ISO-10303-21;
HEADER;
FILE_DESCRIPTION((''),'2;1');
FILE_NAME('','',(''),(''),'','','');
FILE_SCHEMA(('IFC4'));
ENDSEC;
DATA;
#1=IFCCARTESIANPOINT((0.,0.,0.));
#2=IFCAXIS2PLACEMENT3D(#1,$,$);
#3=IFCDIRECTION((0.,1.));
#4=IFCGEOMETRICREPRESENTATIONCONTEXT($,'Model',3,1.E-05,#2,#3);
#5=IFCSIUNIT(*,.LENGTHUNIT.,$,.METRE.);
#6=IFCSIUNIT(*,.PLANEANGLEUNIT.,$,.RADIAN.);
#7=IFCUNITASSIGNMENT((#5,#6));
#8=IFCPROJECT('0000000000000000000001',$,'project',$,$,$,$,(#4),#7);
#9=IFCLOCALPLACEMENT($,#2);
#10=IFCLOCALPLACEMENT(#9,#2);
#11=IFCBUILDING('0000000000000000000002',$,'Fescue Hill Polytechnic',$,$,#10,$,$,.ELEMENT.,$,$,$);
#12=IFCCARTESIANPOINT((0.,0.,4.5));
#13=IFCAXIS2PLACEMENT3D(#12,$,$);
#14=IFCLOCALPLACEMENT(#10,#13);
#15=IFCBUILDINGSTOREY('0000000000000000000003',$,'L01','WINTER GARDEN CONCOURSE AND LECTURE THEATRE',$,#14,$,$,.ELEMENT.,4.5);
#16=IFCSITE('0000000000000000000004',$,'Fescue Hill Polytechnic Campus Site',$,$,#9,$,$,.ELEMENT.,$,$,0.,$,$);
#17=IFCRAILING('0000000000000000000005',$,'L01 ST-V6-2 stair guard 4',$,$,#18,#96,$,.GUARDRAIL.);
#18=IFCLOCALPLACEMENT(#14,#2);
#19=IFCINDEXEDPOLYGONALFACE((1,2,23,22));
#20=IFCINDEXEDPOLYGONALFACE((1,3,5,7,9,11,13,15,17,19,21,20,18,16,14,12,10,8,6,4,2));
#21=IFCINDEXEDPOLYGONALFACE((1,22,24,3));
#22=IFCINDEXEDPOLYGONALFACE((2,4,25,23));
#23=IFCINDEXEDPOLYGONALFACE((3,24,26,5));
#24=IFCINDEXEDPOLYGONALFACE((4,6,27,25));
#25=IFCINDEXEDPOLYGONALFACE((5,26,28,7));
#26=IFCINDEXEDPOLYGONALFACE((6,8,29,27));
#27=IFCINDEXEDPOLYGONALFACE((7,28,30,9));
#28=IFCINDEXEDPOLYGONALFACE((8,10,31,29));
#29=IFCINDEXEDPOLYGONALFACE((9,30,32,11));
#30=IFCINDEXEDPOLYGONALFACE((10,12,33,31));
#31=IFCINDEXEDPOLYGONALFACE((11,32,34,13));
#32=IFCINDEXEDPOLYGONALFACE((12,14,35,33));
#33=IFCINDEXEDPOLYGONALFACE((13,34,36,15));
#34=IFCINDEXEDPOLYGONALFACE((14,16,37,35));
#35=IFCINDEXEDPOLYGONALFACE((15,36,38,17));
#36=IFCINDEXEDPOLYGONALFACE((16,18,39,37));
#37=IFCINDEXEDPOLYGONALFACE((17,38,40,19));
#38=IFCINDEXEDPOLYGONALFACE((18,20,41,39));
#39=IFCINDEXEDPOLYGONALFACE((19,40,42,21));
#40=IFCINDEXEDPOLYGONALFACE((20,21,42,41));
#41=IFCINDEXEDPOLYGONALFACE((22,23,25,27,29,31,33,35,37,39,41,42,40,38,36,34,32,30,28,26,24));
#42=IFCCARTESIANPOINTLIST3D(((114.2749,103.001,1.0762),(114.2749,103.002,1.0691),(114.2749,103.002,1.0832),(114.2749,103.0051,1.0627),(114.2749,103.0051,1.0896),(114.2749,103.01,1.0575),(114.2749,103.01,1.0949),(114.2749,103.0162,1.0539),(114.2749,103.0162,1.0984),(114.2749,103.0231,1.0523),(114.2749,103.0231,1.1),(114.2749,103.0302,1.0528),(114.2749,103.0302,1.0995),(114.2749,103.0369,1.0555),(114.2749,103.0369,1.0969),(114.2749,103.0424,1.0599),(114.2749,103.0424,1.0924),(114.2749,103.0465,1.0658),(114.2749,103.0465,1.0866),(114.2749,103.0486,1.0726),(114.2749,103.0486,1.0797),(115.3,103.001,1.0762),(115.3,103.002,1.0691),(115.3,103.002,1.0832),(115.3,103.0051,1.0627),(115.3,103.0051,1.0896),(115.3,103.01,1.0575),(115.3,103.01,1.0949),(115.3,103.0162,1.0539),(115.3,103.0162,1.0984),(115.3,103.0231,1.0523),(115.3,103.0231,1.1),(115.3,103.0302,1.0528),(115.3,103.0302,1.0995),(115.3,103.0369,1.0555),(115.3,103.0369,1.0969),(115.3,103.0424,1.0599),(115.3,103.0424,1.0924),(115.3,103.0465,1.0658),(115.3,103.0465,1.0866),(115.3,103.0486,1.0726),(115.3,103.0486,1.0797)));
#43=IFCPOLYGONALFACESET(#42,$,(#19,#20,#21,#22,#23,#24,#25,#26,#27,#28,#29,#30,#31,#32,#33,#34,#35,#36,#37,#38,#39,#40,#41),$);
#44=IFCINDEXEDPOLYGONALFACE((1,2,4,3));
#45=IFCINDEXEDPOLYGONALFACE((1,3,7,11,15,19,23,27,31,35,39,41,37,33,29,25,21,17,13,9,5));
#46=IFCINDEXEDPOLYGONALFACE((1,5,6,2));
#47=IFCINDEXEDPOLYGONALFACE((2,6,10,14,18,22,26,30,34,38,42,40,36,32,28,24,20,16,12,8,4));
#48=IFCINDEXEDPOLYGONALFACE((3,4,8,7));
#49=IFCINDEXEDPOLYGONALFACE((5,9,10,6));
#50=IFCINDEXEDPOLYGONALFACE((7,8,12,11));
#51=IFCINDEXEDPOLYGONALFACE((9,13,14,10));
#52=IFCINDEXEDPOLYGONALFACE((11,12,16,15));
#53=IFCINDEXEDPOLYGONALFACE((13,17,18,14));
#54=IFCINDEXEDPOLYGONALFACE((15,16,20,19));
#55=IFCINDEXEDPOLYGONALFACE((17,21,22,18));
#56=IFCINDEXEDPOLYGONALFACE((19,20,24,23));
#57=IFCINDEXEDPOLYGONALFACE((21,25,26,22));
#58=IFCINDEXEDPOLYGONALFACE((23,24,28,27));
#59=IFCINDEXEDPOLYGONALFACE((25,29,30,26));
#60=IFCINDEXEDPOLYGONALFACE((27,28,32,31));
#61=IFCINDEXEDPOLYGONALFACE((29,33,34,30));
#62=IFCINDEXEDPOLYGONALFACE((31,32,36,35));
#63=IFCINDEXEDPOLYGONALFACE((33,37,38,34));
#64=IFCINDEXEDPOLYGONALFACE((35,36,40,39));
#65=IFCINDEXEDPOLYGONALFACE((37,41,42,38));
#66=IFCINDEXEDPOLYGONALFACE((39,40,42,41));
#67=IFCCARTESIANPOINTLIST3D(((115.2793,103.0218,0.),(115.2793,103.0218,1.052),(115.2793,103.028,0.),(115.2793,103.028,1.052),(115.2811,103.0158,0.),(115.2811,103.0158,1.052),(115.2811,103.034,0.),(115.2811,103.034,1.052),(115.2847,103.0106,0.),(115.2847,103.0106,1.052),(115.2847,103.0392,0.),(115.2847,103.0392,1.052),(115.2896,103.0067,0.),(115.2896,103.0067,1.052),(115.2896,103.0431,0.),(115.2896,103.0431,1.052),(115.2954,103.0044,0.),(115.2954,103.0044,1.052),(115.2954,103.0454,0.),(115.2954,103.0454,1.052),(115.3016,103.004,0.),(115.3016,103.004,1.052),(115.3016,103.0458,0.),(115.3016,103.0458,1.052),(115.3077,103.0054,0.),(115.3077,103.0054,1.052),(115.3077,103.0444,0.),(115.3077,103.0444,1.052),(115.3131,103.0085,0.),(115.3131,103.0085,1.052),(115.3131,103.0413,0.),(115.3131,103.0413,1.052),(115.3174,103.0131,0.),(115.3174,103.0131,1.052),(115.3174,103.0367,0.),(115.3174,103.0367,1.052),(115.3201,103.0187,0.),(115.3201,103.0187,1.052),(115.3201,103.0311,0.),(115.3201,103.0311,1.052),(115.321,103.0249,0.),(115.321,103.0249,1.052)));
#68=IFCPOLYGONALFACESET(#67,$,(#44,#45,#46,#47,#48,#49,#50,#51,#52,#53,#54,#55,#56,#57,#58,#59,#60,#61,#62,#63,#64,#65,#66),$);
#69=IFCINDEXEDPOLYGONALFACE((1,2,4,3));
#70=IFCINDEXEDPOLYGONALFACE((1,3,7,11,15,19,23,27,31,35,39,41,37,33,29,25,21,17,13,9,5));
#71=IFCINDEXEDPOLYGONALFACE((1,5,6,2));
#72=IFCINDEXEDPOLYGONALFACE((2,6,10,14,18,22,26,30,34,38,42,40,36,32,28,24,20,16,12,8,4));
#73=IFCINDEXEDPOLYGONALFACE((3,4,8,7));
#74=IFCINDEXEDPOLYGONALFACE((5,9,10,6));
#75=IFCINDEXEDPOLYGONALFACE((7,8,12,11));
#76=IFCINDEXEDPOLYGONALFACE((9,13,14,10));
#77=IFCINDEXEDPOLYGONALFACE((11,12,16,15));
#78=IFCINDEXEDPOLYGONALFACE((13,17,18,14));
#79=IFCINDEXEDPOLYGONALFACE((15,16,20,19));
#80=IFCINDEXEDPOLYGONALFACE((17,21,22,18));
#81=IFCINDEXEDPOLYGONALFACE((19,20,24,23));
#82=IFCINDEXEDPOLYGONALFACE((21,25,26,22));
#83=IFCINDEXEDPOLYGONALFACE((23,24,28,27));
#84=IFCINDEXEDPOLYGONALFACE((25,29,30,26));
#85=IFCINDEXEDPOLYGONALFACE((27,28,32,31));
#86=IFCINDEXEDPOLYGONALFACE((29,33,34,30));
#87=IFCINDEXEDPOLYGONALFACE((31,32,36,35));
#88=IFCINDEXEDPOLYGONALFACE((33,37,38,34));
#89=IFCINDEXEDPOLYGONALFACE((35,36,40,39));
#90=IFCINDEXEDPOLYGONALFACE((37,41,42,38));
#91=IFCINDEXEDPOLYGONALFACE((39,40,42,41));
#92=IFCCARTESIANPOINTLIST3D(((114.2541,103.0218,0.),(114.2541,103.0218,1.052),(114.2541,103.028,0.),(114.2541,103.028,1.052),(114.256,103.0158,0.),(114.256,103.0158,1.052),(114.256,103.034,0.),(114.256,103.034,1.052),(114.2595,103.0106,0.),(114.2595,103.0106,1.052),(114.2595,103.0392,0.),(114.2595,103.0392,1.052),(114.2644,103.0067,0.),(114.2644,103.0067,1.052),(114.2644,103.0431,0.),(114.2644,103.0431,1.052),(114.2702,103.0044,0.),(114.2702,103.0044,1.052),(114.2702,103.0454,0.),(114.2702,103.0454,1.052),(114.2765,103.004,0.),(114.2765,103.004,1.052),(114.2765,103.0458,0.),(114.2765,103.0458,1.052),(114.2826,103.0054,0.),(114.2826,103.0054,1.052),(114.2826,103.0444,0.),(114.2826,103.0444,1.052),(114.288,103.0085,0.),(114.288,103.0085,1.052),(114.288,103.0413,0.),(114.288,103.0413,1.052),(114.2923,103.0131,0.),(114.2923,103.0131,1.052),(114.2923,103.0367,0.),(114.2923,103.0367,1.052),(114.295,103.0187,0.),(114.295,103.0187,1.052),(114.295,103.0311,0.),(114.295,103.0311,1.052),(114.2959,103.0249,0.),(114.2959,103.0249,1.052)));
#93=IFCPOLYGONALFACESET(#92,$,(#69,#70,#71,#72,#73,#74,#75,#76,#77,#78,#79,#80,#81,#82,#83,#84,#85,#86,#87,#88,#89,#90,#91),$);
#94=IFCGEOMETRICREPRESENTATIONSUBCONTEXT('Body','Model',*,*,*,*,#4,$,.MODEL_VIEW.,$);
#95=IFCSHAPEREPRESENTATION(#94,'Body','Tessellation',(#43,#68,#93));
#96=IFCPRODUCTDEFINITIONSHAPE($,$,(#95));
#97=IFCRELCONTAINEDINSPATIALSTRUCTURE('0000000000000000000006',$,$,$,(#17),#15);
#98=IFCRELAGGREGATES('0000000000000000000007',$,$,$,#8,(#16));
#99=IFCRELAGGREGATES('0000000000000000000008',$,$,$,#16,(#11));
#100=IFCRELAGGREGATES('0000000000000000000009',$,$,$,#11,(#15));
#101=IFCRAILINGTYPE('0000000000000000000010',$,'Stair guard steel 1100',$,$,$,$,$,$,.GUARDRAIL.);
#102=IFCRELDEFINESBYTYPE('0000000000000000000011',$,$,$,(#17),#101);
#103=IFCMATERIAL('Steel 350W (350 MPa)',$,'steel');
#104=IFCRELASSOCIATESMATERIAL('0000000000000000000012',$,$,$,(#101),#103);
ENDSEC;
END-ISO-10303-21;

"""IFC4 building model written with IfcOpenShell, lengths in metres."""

from ifc_helpers import new_model, si_unit, direction, frame, origin, origin_2d, place, context, subcontext, project, spatial, circle, extrude, material, type_object, element, save


model = new_model("IFC4")

# Units and contexts
model_context = context("Model", 3, precision=1e-05, world=origin(), true_north=direction((0.0, 1.0)))
body_context = subcontext(model_context, "Body", "Model", "MODEL_VIEW")
ifc_project = project(units=[si_unit("LENGTHUNIT", "METRE"), si_unit("PLANEANGLEUNIT", "RADIAN")], contexts=[model_context])

# Site, building, storey
site_placement = place(None, origin())
site = spatial("IfcSite", under=ifc_project, at=site_placement, Name="Fescue Hill Polytechnic Campus Site", CompositionType="ELEMENT", RefElevation=0.0)
building_placement = place(site_placement, origin())
building = spatial("IfcBuilding", under=site, at=building_placement, Name="Fescue Hill Polytechnic", CompositionType="ELEMENT")
storey_placement = place(building_placement, frame((0.0, 0.0, 4.5)))
storey = spatial("IfcBuildingStorey", under=building, at=storey_placement, Name="L01", Description="WINTER GARDEN CONCOURSE AND LECTURE THEATRE", CompositionType="ELEMENT", Elevation=4.5)

# Railing
ifc_material_1 = material(Name="Steel 350W (350 MPa)", Category="steel")
railing_type_1 = type_object("IfcRailingType", Name="Stair guard steel 1100", PredefinedType="GUARDRAIL", material=ifc_material_1)
railing_1_placement = place(storey_placement, frame((115.3, 103.0249, 0.0)))
element("IfcRailing", 1, at=railing_1_placement, inside=storey, type_object=railing_type_1, Name="L01 ST-V6-2 stair guard 4", PredefinedType="GUARDRAIL", context=body_context, shape_type="SweptSolid", body=[
    extrude(circle(Radius=0.0239, at=origin_2d()), frame((0.0, 0.0, 1.0762), z_axis=(-1.0, 0.0, 0.0), x_axis=(0.0, -1.0, 0.0)), (0.0, 0.0, 1.0), 1.0251),
    extrude(circle(Radius=0.021, at=origin_2d()), origin(), (0.0, 0.0, 1.0), 1.052),
    extrude(circle(Radius=0.021, at=origin_2d()), frame((-1.0251, 0.0, 0.0)), (0.0, 0.0, 1.0), 1.052),
])

save(model, "model.ifc")
